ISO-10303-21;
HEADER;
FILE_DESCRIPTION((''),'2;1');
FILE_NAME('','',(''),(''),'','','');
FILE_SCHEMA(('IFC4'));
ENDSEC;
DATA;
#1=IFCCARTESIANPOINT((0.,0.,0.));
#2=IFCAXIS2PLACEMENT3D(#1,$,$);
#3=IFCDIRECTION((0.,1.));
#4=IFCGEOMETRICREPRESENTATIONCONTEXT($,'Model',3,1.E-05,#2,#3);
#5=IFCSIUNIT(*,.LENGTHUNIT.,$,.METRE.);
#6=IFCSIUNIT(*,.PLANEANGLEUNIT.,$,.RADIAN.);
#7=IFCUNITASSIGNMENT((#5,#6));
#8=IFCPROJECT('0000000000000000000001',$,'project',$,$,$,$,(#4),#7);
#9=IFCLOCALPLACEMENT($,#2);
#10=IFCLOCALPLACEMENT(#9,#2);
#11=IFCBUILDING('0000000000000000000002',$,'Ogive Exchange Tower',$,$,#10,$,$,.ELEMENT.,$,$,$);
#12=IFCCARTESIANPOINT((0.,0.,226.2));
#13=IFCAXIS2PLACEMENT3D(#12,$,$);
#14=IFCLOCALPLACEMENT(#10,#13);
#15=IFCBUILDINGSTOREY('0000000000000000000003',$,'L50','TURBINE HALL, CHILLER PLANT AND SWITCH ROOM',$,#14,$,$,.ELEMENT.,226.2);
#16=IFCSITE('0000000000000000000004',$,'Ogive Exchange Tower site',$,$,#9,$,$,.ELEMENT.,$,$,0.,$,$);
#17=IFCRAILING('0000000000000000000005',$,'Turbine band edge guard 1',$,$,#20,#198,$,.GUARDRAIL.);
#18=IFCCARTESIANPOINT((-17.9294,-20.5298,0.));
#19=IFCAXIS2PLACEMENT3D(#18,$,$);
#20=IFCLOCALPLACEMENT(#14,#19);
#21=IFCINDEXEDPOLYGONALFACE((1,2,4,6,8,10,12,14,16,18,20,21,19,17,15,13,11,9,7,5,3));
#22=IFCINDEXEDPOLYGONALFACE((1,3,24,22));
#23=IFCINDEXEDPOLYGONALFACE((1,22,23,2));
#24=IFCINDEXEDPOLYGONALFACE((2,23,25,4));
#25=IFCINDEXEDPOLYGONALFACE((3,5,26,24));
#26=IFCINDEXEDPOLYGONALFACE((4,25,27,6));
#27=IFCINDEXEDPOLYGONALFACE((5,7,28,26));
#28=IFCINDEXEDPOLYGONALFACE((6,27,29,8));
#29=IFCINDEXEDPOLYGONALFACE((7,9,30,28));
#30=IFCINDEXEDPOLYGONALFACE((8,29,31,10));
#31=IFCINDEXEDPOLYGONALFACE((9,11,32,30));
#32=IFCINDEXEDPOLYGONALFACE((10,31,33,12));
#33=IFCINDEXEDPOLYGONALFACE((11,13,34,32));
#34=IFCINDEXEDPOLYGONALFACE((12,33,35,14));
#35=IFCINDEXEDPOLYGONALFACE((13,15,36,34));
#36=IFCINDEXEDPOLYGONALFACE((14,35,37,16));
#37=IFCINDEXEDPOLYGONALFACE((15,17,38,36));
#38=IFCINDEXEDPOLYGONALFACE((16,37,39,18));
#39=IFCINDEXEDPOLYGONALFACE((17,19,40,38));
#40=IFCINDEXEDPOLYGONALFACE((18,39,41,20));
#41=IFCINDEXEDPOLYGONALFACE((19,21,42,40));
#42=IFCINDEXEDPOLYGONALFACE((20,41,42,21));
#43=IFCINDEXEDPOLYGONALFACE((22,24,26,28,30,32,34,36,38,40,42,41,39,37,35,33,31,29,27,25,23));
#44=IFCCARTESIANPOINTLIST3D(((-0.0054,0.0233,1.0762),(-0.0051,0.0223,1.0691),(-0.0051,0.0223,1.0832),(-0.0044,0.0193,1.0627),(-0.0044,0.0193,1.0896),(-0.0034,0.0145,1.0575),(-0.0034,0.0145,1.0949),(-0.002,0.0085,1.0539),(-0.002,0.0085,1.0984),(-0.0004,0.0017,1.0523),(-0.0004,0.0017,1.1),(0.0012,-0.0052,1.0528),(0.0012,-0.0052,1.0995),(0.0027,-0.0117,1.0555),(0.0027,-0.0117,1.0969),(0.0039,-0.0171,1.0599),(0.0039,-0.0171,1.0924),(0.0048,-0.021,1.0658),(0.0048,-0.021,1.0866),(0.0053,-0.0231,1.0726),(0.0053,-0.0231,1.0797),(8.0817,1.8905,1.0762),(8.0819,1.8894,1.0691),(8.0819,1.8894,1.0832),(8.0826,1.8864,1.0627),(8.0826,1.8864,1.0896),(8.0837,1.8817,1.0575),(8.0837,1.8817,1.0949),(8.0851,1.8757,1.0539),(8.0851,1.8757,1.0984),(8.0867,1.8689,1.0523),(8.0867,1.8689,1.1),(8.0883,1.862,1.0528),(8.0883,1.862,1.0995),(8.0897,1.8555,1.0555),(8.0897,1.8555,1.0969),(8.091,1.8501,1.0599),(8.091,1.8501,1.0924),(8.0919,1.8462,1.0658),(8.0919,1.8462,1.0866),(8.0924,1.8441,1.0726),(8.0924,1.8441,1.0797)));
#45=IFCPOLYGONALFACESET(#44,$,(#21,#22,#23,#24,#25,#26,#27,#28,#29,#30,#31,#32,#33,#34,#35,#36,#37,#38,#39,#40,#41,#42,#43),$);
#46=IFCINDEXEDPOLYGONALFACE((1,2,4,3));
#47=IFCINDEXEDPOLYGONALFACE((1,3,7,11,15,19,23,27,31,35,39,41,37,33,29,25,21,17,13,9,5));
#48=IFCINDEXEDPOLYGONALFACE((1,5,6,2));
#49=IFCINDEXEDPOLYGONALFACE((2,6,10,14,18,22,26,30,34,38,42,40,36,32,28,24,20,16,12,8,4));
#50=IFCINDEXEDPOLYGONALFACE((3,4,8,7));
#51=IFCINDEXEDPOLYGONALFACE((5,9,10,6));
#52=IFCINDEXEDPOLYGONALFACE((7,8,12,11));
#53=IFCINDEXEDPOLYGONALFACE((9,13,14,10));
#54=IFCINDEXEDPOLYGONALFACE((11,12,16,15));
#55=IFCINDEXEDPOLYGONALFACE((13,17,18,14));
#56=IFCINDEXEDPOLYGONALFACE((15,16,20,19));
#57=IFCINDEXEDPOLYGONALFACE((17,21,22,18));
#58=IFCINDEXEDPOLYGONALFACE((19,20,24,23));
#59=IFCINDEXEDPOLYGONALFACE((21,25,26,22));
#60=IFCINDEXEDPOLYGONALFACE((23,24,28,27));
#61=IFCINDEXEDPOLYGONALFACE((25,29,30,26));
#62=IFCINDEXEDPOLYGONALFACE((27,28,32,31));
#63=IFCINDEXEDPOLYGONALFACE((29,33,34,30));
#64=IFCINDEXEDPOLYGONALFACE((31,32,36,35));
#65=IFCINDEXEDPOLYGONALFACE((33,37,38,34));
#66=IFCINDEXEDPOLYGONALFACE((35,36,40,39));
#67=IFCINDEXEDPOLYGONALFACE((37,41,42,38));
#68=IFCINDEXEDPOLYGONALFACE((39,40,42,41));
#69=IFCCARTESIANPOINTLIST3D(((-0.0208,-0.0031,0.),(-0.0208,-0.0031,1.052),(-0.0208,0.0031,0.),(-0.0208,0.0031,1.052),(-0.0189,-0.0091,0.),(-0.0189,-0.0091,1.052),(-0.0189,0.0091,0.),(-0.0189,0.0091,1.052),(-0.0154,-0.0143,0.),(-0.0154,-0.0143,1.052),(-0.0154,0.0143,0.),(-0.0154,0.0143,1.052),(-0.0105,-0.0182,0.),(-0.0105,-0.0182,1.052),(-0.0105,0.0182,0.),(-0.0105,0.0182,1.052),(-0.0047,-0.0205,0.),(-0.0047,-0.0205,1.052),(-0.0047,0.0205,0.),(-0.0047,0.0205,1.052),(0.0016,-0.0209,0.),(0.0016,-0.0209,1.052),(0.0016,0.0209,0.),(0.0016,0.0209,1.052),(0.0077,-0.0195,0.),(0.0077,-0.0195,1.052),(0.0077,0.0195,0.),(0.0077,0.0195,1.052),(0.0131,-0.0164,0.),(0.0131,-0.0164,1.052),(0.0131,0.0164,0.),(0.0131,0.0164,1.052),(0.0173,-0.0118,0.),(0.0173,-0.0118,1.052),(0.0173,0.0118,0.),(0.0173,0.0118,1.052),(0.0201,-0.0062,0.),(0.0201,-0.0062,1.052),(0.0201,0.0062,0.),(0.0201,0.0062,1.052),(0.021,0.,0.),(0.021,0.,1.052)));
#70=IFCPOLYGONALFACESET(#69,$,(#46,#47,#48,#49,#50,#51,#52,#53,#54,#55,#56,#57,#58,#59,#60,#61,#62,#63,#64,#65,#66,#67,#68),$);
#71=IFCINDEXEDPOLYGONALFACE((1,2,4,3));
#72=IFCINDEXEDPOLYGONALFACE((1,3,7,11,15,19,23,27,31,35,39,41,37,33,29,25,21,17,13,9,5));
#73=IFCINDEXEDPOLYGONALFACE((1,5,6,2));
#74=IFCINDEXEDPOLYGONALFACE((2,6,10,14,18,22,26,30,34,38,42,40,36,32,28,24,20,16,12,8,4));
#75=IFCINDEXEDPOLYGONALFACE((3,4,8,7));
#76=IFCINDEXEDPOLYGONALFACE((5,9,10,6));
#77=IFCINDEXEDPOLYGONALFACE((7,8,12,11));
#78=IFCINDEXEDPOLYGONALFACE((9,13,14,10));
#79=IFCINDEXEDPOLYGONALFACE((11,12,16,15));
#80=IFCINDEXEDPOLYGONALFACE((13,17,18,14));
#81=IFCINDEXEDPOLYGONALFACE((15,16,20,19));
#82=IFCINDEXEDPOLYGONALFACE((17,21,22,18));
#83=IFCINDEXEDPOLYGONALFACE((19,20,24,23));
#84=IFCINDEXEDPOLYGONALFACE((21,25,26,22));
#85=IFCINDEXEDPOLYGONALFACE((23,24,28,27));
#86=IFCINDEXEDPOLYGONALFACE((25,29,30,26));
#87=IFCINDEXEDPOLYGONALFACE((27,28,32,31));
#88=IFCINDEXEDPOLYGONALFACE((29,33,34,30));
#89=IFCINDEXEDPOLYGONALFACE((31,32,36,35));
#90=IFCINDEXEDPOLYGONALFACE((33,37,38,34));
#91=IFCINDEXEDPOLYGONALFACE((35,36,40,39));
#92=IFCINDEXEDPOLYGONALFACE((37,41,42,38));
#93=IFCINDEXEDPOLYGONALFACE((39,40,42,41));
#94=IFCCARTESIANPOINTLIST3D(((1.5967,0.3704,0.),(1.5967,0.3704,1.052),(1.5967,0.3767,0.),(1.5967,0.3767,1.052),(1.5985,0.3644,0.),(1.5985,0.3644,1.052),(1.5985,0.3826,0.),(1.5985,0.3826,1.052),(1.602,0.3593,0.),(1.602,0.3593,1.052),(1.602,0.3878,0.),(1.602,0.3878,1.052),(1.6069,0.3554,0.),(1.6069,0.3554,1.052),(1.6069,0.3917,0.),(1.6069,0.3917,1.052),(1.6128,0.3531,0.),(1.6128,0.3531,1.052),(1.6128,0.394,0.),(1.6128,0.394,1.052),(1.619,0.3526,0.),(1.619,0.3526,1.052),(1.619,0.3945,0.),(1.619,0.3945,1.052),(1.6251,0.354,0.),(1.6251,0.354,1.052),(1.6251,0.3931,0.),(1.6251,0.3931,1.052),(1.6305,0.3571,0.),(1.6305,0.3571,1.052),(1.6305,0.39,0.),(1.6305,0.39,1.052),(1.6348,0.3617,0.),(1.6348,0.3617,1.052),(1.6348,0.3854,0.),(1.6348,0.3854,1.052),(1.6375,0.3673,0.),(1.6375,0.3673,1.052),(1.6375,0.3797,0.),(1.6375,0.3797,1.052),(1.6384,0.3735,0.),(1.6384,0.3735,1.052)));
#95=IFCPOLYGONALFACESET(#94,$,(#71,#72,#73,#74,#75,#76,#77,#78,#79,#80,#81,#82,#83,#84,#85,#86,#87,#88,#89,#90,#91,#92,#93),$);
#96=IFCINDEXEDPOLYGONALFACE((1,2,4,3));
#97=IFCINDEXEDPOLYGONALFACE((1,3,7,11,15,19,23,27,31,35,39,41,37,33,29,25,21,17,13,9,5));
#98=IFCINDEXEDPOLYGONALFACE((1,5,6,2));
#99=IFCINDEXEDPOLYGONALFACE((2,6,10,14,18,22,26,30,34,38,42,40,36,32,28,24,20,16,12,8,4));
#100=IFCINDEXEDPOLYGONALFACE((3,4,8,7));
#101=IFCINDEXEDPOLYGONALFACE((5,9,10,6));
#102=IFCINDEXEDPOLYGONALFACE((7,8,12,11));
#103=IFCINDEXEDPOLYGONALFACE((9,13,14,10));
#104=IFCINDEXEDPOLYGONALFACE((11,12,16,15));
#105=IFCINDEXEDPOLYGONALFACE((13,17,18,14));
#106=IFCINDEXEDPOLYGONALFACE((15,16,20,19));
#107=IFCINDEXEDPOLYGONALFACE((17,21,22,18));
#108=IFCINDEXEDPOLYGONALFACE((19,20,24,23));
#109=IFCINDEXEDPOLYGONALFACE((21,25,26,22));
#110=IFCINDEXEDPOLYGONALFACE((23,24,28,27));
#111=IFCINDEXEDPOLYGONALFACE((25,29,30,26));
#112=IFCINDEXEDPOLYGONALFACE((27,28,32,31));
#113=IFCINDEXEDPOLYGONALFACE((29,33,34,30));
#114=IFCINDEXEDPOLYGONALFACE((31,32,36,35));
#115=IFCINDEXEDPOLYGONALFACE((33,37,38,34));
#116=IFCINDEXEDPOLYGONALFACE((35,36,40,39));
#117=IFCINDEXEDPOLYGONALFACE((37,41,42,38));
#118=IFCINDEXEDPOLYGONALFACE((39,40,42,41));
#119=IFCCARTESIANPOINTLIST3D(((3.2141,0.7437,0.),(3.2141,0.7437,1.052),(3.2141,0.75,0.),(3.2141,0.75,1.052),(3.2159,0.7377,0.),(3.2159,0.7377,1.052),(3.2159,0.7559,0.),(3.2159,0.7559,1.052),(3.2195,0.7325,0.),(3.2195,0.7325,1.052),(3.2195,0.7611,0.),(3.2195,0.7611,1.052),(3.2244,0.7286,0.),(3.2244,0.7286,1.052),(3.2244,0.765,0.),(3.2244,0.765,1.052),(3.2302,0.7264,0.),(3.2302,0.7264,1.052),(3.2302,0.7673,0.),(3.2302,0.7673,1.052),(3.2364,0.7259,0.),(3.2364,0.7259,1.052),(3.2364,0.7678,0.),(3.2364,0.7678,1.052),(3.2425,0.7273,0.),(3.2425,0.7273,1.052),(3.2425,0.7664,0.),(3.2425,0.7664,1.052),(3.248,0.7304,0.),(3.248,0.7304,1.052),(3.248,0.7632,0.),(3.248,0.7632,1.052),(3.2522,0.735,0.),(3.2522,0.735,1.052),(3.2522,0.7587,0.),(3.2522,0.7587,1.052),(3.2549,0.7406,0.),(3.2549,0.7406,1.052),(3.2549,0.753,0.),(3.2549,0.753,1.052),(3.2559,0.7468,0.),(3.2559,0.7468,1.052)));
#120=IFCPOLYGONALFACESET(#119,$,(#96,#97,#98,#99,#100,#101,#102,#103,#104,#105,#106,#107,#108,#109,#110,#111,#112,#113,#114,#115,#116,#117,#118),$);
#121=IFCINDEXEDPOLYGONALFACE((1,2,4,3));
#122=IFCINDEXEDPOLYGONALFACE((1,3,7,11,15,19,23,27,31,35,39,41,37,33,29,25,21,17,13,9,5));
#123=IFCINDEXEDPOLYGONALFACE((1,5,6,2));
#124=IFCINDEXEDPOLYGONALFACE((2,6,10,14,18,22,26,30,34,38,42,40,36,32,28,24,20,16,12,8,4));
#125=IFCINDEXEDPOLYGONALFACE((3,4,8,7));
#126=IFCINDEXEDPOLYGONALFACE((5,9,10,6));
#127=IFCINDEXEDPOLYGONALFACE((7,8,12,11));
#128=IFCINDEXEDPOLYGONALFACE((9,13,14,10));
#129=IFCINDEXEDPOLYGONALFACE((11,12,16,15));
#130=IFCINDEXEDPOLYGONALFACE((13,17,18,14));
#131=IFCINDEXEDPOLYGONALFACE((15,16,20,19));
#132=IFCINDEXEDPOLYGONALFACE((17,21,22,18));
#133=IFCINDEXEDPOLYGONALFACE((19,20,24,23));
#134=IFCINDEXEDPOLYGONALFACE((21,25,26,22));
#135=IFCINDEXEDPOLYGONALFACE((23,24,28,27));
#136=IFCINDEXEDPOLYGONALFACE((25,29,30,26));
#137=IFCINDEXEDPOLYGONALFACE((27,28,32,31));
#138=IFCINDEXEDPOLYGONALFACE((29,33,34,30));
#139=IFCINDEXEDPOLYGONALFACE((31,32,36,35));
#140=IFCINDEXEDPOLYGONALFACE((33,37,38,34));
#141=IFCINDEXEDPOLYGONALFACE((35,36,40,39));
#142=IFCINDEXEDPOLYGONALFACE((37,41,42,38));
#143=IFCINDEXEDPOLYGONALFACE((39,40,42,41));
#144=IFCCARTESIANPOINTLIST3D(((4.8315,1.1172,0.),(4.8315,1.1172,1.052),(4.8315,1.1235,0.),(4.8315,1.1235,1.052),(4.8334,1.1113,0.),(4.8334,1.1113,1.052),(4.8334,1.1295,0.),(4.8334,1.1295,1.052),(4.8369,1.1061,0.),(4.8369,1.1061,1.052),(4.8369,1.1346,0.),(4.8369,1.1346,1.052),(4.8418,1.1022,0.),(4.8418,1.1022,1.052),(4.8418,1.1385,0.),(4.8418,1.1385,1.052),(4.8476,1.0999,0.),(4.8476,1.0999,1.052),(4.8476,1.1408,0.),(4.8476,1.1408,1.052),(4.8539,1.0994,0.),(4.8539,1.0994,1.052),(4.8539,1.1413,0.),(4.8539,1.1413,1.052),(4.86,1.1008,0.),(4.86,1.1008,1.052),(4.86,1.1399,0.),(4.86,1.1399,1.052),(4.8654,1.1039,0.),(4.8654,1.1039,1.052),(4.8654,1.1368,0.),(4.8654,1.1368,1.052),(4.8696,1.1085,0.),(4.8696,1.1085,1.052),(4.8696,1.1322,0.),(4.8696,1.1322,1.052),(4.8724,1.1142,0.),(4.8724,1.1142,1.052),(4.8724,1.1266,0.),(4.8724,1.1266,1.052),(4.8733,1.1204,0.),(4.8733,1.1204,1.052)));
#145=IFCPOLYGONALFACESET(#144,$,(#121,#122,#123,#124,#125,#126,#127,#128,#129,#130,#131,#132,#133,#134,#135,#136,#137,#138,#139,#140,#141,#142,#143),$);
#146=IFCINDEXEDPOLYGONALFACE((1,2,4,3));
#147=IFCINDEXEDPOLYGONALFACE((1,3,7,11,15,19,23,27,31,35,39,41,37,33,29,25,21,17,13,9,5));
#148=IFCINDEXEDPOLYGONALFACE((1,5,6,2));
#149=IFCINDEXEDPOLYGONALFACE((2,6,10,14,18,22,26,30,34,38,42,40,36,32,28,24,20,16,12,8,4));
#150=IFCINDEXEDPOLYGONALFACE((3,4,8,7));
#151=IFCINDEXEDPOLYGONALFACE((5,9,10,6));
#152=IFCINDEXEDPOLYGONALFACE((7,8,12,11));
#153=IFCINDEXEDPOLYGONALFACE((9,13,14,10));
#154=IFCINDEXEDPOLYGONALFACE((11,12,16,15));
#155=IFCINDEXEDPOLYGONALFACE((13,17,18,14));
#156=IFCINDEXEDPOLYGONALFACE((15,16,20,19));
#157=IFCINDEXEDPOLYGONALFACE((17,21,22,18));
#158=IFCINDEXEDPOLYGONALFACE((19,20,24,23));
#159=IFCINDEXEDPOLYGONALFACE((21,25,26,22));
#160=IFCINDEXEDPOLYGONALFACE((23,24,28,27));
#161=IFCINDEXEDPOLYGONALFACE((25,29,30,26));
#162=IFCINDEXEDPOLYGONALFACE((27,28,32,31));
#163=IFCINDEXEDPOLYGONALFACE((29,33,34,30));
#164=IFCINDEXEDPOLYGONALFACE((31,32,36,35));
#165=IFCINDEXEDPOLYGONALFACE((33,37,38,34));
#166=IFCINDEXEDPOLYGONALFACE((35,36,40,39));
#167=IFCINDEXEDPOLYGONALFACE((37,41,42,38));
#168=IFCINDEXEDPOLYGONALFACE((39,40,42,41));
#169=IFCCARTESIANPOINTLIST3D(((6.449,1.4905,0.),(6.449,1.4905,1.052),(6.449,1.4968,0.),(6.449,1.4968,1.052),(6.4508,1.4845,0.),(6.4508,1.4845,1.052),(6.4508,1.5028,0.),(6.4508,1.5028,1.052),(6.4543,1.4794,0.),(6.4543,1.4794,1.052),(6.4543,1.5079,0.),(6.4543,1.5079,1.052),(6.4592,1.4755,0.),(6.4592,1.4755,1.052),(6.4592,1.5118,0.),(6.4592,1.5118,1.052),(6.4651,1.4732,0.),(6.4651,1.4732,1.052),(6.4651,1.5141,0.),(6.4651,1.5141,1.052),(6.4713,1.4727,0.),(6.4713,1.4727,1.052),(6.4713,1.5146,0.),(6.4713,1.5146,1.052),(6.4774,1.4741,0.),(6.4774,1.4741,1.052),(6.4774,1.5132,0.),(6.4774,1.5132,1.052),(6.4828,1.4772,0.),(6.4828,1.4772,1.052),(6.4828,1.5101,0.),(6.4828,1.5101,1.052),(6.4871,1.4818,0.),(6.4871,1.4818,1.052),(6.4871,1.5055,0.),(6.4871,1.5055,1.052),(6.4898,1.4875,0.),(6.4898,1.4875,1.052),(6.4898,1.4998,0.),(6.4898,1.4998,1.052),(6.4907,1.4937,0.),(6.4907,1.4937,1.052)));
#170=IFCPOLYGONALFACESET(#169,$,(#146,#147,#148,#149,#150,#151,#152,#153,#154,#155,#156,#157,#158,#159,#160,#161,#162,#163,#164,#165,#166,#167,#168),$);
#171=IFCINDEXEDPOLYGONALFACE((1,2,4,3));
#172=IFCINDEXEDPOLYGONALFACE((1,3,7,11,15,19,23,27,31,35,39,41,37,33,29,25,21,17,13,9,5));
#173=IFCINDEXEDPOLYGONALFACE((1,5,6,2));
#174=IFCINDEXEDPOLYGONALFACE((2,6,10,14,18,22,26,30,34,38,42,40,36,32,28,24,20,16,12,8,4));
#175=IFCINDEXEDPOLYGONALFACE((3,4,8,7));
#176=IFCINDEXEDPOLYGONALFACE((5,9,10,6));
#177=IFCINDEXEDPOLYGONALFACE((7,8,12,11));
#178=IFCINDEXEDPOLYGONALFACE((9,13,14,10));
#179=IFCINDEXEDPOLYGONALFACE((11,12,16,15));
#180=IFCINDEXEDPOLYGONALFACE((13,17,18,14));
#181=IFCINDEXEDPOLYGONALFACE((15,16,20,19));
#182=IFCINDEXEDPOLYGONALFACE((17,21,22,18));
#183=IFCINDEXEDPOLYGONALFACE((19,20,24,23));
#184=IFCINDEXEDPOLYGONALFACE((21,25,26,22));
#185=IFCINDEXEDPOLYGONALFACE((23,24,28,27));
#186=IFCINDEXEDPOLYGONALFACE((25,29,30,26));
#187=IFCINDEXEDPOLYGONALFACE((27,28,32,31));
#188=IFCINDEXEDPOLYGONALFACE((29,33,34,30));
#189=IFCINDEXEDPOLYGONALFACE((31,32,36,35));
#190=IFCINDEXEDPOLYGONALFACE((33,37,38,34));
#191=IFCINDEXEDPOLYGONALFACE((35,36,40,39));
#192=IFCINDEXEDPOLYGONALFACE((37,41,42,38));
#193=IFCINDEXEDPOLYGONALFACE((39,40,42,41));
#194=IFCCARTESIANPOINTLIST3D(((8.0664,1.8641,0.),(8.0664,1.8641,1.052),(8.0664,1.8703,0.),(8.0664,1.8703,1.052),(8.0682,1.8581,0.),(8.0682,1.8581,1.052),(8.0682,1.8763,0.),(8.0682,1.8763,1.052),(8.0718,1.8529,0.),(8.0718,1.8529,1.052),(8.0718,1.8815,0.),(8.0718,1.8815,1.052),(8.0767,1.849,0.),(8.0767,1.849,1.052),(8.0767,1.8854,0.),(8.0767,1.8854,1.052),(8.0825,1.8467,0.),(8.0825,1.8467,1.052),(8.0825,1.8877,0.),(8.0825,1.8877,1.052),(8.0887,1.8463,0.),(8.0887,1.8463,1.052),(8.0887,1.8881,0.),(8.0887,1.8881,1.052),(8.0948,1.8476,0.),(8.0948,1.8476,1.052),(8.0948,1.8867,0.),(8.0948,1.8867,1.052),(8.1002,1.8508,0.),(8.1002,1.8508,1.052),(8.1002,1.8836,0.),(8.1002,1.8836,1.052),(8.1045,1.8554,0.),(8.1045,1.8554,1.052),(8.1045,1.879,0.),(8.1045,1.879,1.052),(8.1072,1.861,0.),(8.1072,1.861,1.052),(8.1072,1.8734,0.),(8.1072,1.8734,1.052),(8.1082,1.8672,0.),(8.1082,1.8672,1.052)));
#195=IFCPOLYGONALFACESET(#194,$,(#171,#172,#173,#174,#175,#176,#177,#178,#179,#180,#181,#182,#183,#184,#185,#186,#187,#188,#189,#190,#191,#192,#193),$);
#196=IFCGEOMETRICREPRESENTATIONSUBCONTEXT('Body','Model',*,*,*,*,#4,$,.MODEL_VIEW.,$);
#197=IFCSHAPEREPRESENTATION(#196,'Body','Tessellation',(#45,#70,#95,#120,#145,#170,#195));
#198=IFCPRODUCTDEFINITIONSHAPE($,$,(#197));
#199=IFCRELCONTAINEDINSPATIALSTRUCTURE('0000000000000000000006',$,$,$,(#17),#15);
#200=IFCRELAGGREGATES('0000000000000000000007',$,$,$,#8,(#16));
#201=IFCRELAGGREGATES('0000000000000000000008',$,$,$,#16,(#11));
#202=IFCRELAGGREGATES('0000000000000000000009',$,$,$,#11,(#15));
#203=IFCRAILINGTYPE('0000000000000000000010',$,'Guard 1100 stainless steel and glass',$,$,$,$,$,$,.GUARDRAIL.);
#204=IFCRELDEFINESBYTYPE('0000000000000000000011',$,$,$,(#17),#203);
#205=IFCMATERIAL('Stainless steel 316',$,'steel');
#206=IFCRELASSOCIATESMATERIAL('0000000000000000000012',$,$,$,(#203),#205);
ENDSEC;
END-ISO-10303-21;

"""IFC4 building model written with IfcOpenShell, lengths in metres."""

from ifc_helpers import new_model, si_unit, direction, frame, origin, origin_2d, place, context, subcontext, project, spatial, circle, extrude, material, type_object, element, save


model = new_model("IFC4")

# Units and contexts
model_context = context("Model", 3, precision=1e-05, world=origin(), true_north=direction((0.0, 1.0)))
body_context = subcontext(model_context, "Body", "Model", "MODEL_VIEW")
ifc_project = project(units=[si_unit("LENGTHUNIT", "METRE"), si_unit("PLANEANGLEUNIT", "RADIAN")], contexts=[model_context])

# Site, building, storey
site_placement = place(None, origin())
site = spatial("IfcSite", under=ifc_project, at=site_placement, Name="Ogive Exchange Tower site", CompositionType="ELEMENT", RefElevation=0.0)
building_placement = place(site_placement, origin())
building = spatial("IfcBuilding", under=site, at=building_placement, Name="Ogive Exchange Tower", CompositionType="ELEMENT")
storey_placement = place(building_placement, frame((0.0, 0.0, 226.2)))
storey = spatial("IfcBuildingStorey", under=building, at=storey_placement, Name="L50", Description="TURBINE HALL, CHILLER PLANT AND SWITCH ROOM", CompositionType="ELEMENT", Elevation=226.2)

# Railing
ifc_material_1 = material(Name="Stainless steel 316", Category="steel")
railing_type = type_object("IfcRailingType", Name="Guard 1100 stainless steel and glass", PredefinedType="GUARDRAIL", material=ifc_material_1)
railing_placement = place(storey_placement, frame((-17.9294, -20.5298, 0.0)))
element("IfcRailing", 1, at=railing_placement, inside=storey, type_object=railing_type, Name="Turbine band edge guard 1", PredefinedType="GUARDRAIL", context=body_context, shape_type="SweptSolid", body=[
    extrude(circle(Radius=0.0239, at=origin_2d()), frame((0.0, 0.0, 1.0762), z_axis=(0.974367, 0.224965, 0.0), x_axis=(-0.224965, 0.974367, 0.0)), (0.0, 0.0, 1.0), 8.2998),
    extrude(circle(Radius=0.021, at=origin_2d()), origin(), (0.0, 0.0, 1.0), 1.052),
    extrude(circle(Radius=0.021, at=origin_2d()), frame((1.6174, 0.3735, 0.0)), (0.0, 0.0, 1.0), 1.052),
    extrude(circle(Radius=0.021, at=origin_2d()), frame((3.2349, 0.7468, 0.0)), (0.0, 0.0, 1.0), 1.052),
    extrude(circle(Radius=0.021, at=origin_2d()), frame((4.8523, 1.1204, 0.0)), (0.0, 0.0, 1.0), 1.052),
    extrude(circle(Radius=0.021, at=origin_2d()), frame((6.4697, 1.4937, 0.0)), (0.0, 0.0, 1.0), 1.052),
    extrude(circle(Radius=0.021, at=origin_2d()), frame((8.0872, 1.8672, 0.0)), (0.0, 0.0, 1.0), 1.052),
])

save(model, "model.ifc")
